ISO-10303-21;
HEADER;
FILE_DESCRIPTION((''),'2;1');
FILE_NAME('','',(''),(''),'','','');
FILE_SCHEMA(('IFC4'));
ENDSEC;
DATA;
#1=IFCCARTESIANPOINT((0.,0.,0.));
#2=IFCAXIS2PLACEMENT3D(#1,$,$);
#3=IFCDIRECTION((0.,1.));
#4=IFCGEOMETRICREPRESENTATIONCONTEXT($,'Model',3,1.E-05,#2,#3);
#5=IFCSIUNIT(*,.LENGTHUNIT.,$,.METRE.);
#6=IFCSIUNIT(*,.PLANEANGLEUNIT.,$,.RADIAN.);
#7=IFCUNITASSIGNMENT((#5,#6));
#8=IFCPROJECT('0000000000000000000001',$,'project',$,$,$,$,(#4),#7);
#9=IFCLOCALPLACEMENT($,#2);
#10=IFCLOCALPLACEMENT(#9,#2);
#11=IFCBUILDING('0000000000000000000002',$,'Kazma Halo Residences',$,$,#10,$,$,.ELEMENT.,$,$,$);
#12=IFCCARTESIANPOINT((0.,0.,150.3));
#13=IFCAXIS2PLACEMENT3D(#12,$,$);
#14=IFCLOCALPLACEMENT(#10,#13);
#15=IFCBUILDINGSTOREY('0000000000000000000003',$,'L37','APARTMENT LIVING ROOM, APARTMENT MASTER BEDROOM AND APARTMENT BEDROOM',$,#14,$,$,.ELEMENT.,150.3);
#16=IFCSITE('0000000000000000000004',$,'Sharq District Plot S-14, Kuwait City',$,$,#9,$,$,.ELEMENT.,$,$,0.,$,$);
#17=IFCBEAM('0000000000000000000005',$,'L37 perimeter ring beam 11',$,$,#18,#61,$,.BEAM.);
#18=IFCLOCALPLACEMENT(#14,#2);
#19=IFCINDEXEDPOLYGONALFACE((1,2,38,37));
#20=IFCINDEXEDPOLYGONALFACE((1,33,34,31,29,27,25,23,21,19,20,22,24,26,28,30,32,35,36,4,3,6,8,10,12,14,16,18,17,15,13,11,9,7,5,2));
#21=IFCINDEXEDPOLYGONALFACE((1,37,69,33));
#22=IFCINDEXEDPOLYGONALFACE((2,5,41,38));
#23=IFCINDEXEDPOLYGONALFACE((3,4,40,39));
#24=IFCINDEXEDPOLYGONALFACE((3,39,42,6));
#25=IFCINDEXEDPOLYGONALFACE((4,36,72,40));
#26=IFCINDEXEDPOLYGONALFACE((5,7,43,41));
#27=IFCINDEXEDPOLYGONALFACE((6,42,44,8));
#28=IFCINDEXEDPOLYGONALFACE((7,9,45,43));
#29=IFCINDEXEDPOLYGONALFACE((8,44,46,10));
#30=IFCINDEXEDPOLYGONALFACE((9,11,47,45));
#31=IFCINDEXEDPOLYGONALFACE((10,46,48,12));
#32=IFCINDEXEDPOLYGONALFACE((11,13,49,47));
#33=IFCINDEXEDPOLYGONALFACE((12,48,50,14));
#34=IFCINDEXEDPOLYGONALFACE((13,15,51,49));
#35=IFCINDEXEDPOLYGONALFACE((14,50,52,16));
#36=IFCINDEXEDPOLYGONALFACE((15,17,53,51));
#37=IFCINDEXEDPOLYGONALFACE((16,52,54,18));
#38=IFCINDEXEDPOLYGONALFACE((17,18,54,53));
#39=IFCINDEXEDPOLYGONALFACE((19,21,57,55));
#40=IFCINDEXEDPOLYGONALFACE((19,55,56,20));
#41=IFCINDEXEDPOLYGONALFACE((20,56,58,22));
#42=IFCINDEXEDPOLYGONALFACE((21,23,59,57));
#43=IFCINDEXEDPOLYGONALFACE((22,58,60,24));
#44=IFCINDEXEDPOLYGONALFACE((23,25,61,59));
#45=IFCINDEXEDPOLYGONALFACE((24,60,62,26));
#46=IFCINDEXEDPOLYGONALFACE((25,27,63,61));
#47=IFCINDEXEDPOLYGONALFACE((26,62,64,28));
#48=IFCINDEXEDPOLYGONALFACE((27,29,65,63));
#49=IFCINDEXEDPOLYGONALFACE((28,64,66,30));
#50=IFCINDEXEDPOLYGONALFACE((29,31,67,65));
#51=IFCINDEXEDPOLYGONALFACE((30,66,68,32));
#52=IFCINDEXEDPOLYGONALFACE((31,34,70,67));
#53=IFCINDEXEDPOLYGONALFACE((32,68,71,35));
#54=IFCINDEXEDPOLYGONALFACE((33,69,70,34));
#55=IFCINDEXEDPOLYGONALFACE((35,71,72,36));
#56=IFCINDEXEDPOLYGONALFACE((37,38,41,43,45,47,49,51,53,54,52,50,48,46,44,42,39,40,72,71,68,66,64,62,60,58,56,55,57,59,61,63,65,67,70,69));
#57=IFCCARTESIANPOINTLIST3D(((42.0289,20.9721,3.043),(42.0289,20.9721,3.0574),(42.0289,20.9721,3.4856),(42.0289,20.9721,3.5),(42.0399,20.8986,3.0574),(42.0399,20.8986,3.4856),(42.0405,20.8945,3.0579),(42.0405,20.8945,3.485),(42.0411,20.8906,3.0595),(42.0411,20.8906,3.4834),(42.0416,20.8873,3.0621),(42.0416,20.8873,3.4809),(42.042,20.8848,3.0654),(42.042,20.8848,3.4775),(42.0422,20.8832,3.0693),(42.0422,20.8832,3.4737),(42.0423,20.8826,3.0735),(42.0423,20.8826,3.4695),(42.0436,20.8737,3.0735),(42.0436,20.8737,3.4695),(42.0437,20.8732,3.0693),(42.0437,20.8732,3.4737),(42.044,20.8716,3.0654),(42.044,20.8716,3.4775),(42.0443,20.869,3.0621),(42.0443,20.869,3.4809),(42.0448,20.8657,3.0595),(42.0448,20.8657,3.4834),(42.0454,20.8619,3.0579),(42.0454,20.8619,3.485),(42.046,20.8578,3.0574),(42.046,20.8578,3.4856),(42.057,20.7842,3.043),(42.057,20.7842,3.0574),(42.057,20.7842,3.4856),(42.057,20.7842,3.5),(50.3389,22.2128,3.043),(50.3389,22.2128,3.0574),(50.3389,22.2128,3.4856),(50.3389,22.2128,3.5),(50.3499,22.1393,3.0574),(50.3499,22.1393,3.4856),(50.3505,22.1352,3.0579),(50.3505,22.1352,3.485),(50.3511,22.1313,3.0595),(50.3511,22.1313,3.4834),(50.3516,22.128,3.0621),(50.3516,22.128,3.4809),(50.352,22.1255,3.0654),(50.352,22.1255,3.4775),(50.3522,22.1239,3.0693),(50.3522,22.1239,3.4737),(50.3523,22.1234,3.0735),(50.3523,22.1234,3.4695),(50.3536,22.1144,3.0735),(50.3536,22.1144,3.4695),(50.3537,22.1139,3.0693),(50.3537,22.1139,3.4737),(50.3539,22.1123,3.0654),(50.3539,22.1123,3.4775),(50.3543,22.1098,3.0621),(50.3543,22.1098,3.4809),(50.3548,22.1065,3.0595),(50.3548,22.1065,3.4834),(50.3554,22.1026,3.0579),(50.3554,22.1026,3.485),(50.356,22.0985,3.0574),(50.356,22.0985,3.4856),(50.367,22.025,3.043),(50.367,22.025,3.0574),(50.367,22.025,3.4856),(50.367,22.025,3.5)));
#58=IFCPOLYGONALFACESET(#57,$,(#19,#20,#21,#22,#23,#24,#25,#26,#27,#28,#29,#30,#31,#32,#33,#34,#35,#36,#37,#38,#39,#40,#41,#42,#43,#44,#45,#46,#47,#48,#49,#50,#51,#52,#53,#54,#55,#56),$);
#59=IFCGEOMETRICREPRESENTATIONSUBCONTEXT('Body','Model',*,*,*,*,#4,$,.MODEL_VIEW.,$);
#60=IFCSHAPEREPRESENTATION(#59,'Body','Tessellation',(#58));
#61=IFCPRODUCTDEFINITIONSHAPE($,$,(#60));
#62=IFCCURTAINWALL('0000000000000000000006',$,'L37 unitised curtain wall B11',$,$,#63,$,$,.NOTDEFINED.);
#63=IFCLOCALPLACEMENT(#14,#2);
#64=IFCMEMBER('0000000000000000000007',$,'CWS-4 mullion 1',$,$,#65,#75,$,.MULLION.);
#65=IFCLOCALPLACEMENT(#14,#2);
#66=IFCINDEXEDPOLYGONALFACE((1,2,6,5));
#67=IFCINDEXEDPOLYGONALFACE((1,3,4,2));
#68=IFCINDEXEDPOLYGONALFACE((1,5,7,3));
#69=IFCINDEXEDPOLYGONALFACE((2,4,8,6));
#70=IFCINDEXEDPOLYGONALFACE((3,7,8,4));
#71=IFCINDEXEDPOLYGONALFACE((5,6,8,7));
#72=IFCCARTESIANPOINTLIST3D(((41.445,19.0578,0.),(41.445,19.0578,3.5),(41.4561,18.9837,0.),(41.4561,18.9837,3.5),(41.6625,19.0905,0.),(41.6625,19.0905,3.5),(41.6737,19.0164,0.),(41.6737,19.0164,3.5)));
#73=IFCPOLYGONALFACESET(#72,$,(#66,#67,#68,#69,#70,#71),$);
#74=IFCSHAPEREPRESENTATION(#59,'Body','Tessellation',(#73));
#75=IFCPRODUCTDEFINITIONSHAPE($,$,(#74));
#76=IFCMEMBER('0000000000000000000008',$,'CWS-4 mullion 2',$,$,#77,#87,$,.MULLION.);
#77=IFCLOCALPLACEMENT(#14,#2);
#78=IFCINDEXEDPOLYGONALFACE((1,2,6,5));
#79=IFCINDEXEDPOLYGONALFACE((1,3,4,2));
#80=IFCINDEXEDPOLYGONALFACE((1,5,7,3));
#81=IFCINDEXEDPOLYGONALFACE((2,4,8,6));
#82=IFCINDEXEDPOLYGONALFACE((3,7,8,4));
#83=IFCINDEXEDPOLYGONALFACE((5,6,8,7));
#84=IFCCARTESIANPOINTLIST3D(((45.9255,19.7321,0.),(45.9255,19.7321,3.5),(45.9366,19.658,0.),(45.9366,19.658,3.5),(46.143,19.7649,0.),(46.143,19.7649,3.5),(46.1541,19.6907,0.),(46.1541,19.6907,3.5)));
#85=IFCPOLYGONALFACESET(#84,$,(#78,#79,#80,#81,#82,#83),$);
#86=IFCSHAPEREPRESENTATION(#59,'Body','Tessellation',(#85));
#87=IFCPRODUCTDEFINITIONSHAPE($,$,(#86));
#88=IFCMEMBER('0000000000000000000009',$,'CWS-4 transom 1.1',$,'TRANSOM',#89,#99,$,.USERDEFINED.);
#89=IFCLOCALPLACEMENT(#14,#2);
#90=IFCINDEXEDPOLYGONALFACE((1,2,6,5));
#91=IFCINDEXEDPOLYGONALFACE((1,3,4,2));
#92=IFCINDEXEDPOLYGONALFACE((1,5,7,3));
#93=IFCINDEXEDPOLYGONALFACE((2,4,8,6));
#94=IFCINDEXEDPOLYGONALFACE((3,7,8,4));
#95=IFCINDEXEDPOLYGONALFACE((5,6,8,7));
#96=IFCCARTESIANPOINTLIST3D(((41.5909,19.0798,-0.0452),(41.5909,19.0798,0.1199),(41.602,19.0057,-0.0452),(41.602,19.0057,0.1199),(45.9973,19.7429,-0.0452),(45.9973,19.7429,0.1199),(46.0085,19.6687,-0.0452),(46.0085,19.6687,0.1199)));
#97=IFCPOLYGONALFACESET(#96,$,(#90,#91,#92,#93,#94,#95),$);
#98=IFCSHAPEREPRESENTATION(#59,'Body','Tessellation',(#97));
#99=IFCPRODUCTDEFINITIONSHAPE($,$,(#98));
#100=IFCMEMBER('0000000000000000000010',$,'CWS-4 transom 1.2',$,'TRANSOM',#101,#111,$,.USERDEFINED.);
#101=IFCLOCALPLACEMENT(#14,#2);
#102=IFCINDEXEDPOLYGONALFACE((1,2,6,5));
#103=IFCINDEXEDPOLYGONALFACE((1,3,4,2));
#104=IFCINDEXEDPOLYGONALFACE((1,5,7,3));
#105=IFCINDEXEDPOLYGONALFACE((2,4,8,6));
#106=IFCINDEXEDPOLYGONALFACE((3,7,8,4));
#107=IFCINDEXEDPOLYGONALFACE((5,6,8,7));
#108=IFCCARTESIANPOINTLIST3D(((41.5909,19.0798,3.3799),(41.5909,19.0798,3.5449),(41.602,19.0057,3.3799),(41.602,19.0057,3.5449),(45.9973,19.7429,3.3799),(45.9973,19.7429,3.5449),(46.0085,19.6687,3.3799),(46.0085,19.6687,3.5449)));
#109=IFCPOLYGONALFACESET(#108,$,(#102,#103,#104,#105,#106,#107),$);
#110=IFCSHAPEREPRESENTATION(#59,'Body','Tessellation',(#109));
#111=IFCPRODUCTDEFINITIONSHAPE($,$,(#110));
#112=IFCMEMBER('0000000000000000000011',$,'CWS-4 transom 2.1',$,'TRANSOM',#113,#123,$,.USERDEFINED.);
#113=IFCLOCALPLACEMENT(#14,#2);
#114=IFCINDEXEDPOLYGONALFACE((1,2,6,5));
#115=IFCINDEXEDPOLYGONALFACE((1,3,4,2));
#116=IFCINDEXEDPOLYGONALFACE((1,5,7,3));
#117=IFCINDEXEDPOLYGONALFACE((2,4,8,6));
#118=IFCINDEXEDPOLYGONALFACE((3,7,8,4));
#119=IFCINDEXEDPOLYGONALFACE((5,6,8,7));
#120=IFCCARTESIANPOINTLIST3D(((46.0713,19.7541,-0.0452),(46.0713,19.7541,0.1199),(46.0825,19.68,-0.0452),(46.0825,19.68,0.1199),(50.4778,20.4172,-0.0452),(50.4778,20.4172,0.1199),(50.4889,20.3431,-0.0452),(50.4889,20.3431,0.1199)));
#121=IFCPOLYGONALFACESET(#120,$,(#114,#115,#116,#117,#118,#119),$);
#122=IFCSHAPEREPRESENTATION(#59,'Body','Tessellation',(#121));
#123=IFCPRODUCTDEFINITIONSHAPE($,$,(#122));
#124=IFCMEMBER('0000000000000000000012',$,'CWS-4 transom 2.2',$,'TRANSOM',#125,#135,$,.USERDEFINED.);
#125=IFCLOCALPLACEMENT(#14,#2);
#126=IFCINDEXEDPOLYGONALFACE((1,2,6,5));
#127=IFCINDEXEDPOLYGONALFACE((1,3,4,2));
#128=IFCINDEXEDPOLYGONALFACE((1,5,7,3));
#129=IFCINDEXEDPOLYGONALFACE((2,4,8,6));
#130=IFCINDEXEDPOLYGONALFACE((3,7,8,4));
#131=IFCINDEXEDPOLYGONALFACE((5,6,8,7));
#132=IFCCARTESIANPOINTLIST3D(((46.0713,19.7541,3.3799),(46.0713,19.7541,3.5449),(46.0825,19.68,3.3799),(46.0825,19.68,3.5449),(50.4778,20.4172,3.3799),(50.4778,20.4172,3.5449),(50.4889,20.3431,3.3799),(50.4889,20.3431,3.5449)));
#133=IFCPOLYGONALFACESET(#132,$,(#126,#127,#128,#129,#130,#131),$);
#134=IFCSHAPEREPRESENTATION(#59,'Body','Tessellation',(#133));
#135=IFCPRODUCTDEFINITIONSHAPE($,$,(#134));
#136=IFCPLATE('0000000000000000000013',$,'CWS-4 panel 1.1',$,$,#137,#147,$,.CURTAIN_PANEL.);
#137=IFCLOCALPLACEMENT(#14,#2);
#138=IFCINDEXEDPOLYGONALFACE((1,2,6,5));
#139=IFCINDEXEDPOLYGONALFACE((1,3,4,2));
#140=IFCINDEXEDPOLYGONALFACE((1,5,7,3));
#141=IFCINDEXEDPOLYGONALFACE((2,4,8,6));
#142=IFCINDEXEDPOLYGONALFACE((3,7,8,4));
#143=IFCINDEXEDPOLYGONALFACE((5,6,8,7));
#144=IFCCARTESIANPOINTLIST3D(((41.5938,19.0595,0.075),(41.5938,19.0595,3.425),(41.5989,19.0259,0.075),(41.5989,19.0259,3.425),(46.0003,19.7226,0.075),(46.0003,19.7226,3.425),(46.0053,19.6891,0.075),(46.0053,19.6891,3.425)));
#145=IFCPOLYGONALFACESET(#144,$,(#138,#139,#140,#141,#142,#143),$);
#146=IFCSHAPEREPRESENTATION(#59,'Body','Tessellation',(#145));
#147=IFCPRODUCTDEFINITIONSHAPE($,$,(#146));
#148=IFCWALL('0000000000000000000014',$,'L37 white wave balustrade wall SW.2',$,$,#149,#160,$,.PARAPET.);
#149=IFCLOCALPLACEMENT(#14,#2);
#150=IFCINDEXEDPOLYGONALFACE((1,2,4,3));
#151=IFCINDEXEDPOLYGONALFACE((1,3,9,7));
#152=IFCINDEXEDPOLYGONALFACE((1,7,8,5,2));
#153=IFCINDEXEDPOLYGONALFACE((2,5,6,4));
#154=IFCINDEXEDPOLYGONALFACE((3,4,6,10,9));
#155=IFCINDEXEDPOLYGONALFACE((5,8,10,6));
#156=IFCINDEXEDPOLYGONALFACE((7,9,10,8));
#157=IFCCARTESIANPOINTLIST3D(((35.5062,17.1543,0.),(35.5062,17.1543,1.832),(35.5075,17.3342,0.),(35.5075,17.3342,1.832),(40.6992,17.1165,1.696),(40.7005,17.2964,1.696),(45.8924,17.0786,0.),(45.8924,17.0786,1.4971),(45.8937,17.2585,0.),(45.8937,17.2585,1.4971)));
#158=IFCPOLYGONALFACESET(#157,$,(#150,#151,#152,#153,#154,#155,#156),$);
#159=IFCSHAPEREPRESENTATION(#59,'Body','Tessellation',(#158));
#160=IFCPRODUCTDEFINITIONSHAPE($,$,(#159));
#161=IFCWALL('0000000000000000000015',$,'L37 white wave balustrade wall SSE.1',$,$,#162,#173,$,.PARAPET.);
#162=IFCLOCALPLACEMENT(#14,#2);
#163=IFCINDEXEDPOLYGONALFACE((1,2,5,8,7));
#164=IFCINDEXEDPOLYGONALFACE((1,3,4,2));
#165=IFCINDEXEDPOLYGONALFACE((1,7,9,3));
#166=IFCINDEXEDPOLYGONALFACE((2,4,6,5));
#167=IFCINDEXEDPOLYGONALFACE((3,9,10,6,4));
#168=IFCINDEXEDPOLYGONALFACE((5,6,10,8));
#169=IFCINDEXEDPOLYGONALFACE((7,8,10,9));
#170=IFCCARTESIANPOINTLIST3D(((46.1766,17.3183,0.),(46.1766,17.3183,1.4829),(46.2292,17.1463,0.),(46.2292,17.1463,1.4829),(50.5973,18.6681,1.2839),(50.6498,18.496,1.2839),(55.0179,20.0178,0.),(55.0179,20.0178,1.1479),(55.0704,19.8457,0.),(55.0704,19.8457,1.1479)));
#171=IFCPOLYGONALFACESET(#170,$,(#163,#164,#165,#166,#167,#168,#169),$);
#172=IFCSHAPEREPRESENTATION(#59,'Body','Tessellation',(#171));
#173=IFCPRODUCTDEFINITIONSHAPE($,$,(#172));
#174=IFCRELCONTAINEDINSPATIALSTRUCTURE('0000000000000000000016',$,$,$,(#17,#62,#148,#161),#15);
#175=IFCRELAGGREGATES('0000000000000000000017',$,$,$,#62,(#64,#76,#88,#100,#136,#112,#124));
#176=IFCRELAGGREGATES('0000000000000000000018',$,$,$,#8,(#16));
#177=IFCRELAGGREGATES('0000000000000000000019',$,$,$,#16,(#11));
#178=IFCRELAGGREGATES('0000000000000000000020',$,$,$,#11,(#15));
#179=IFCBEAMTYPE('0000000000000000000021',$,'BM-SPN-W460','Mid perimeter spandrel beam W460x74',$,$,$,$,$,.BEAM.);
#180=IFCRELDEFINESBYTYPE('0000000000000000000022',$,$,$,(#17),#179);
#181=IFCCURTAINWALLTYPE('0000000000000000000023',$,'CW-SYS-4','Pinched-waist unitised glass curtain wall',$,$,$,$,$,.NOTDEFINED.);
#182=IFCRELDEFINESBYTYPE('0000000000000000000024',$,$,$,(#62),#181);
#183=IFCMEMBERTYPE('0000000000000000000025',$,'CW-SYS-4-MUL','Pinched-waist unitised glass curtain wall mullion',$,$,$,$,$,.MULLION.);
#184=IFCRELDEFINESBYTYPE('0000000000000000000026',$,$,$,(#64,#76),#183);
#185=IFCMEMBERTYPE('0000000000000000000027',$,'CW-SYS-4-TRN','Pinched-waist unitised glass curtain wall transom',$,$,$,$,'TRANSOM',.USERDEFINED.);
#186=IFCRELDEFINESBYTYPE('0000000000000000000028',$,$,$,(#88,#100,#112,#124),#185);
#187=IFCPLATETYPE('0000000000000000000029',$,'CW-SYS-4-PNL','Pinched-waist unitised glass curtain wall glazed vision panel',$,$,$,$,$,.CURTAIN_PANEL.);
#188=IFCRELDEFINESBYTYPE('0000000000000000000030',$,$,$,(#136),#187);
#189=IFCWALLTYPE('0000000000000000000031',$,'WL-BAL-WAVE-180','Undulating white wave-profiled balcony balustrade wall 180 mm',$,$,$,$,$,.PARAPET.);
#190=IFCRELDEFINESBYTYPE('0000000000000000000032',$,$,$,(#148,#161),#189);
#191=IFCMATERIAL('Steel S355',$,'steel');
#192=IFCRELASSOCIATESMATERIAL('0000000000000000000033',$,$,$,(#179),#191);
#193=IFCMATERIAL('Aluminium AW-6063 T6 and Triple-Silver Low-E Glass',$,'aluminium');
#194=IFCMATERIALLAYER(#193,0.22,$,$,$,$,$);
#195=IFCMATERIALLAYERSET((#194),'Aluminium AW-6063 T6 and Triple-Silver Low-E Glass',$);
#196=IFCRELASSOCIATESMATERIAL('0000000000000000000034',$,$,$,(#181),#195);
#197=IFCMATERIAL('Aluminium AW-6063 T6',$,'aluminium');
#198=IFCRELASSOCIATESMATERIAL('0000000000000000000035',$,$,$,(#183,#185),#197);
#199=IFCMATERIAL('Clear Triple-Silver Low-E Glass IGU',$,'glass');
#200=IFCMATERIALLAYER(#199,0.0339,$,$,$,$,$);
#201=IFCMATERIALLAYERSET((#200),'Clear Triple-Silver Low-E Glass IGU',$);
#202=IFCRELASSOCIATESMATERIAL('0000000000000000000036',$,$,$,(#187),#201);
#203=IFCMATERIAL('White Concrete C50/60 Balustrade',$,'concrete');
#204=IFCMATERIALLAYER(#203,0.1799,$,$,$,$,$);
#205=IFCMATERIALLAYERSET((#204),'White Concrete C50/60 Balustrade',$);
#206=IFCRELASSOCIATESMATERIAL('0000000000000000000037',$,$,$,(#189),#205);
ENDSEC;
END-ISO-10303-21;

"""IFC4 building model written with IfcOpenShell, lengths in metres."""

from ifc_helpers import new_model, si_unit, direction, frame, origin, origin_2d, place, context, subcontext, project, spatial, polyline, rectangle, i_section, outline, extrude, material, layer, layer_set, material_profile, profile_set, type_object, element, aggregate, save


model = new_model("IFC4")

# Units and contexts
model_context = context("Model", 3, precision=1e-05, world=origin(), true_north=direction((0.0, 1.0)))
body_context = subcontext(model_context, "Body", "Model", "MODEL_VIEW")
ifc_project = project(units=[si_unit("LENGTHUNIT", "METRE"), si_unit("PLANEANGLEUNIT", "RADIAN")], contexts=[model_context])

# Site, building, storey
site_placement = place(None, origin())
site = spatial("IfcSite", under=ifc_project, at=site_placement, Name="Sharq District Plot S-14, Kuwait City", CompositionType="ELEMENT", RefElevation=0.0)
building_placement = place(site_placement, origin())
building = spatial("IfcBuilding", under=site, at=building_placement, Name="Kazma Halo Residences", CompositionType="ELEMENT")
storey_placement = place(building_placement, frame((0.0, 0.0, 150.3)))
storey = spatial("IfcBuildingStorey", under=building, at=storey_placement, Name="L37", Description="APARTMENT LIVING ROOM, APARTMENT MASTER BEDROOM AND APARTMENT BEDROOM", CompositionType="ELEMENT", Elevation=150.3)

# Beam
ifc_material_1 = material(Name="Steel S355", Category="steel")
ifc_material_profile_1 = material_profile(ifc_material_1, i_section(OverallWidth=0.1899, OverallDepth=0.457, WebThickness=0.009, FlangeThickness=0.0144, FilletRadius=0.0161, at=origin_2d()), Name="W460x74")
ifc_profile_set_1 = profile_set([ifc_material_profile_1], Name="Steel S355")
beam_type_1 = type_object("IfcBeamType", Name="BM-SPN-W460", Description="Mid perimeter spandrel beam W460x74", PredefinedType="BEAM", material=ifc_profile_set_1)
beam_1_placement = place(storey_placement, frame((42.043, 20.8782, 3.2715), z_axis=(0.989037, 0.147667, 0.0), x_axis=(-0.147667, 0.989037, 0.0)))
element("IfcBeam", 1, at=beam_1_placement, inside=storey, type_object=beam_type_1, Name="L37 perimeter ring beam 11", PredefinedType="BEAM", context=body_context, shape_type="SweptSolid", body=[
    extrude(i_section(OverallWidth=0.1899, OverallDepth=0.457, WebThickness=0.009, FlangeThickness=0.0144, FilletRadius=0.0161, at=origin_2d()), origin(), (0.0, 0.0, 1.0), 8.4021),
])

# Curtain wall, members, plate
ifc_material_2 = material(Name="Aluminium AW-6063 T6 and Triple-Silver Low-E Glass", Category="aluminium")
ifc_layer_1 = layer(ifc_material_2, 0.22)
ifc_layer_set_1 = layer_set([ifc_layer_1], Name="Aluminium AW-6063 T6 and Triple-Silver Low-E Glass")
curtain_wall_type = type_object("IfcCurtainWallType", Name="CW-SYS-4", Description="Pinched-waist unitised glass curtain wall", PredefinedType="NOTDEFINED", material=ifc_layer_set_1)
curtain_wall_placement = place(storey_placement, origin())
curtain_wall = element("IfcCurtainWall", 2, at=curtain_wall_placement, inside=storey, type_object=curtain_wall_type, Name="L37 unitised curtain wall B11", PredefinedType="NOTDEFINED")
ifc_material_3 = material(Name="Aluminium AW-6063 T6", Category="aluminium")
ifc_material_profile_2 = material_profile(ifc_material_3, rectangle(XDim=0.075, YDim=0.22, at=origin_2d()), Name="CWM-75x220")
ifc_profile_set_2 = profile_set([ifc_material_profile_2], Name="Aluminium AW-6063 T6")
member_type_1 = type_object("IfcMemberType", Name="CW-SYS-4-MUL", Description="Pinched-waist unitised glass curtain wall mullion", PredefinedType="MULLION", material=ifc_profile_set_2)
member_1_placement = place(storey_placement, frame((41.5593, 19.0371, 0.0), z_axis=(0.0, 0.0, 1.0), x_axis=(-0.148821, 0.988864, 0.0)))
member_1 = element("IfcMember", 3, at=member_1_placement, type_object=member_type_1, Name="CWS-4 mullion 1", PredefinedType="MULLION", context=body_context, shape_type="SweptSolid", body=[
    extrude(rectangle(XDim=0.075, YDim=0.22, at=origin_2d()), origin(), (0.0, 0.0, 1.0), 3.5),
])
member_2_placement = place(storey_placement, frame((46.0398, 19.7114, 0.0), z_axis=(0.0, 0.0, 1.0), x_axis=(-0.148821, 0.988864, 0.0)))
member_2 = element("IfcMember", 4, at=member_2_placement, type_object=member_type_1, Name="CWS-4 mullion 2", PredefinedType="MULLION", context=body_context, shape_type="SweptSolid", body=[
    extrude(rectangle(XDim=0.075, YDim=0.22, at=origin_2d()), origin(), (0.0, 0.0, 1.0), 3.5),
])
ifc_material_profile_3 = material_profile(ifc_material_3, rectangle(XDim=0.075, YDim=0.165, at=origin_2d()), Name="CWT-75x165")
ifc_profile_set_3 = profile_set([ifc_material_profile_3], Name="Aluminium AW-6063 T6")
member_type_2 = type_object("IfcMemberType", Name="CW-SYS-4-TRN", Description="Pinched-waist unitised glass curtain wall transom", ElementType="TRANSOM", PredefinedType="USERDEFINED", material=ifc_profile_set_3)
member_3_placement = place(storey_placement, frame((41.5964, 19.0427, 0.0374), z_axis=(0.988867, 0.148804, 0.0), x_axis=(-0.148804, 0.988867, 0.0)))
member_3 = element("IfcMember", 5, at=member_3_placement, type_object=member_type_2, Name="CWS-4 transom 1.1", ObjectType="TRANSOM", PredefinedType="USERDEFINED", context=body_context, shape_type="SweptSolid", body=[
    extrude(rectangle(XDim=0.075, YDim=0.165, at=origin_2d()), origin(), (0.0, 0.0, 1.0), 4.4561),
])
member_4_placement = place(storey_placement, frame((41.5964, 19.0427, 3.4624), z_axis=(0.988867, 0.148804, 0.0), x_axis=(-0.148804, 0.988867, 0.0)))
member_4 = element("IfcMember", 6, at=member_4_placement, type_object=member_type_2, Name="CWS-4 transom 1.2", ObjectType="TRANSOM", PredefinedType="USERDEFINED", context=body_context, shape_type="SweptSolid", body=[
    extrude(rectangle(XDim=0.075, YDim=0.165, at=origin_2d()), origin(), (0.0, 0.0, 1.0), 4.4561),
])
member_5_placement = place(storey_placement, frame((46.0769, 19.717, 0.0374), z_axis=(0.988867, 0.148804, 0.0), x_axis=(-0.148804, 0.988867, 0.0)))
member_5 = element("IfcMember", 7, at=member_5_placement, type_object=member_type_2, Name="CWS-4 transom 2.1", ObjectType="TRANSOM", PredefinedType="USERDEFINED", context=body_context, shape_type="SweptSolid", body=[
    extrude(rectangle(XDim=0.075, YDim=0.165, at=origin_2d()), origin(), (0.0, 0.0, 1.0), 4.4561),
])
member_6_placement = place(storey_placement, frame((46.0769, 19.717, 3.4624), z_axis=(0.988867, 0.148804, 0.0), x_axis=(-0.148804, 0.988867, 0.0)))
member_6 = element("IfcMember", 8, at=member_6_placement, type_object=member_type_2, Name="CWS-4 transom 2.2", ObjectType="TRANSOM", PredefinedType="USERDEFINED", context=body_context, shape_type="SweptSolid", body=[
    extrude(rectangle(XDim=0.075, YDim=0.165, at=origin_2d()), origin(), (0.0, 0.0, 1.0), 4.4561),
])
ifc_material_4 = material(Name="Clear Triple-Silver Low-E Glass IGU", Category="glass")
ifc_layer_2 = layer(ifc_material_4, 0.0339)
ifc_layer_set_2 = layer_set([ifc_layer_2], Name="Clear Triple-Silver Low-E Glass IGU")
plate_type = type_object("IfcPlateType", Name="CW-SYS-4-PNL", Description="Pinched-waist unitised glass curtain wall glazed vision panel", PredefinedType="CURTAIN_PANEL", material=ifc_layer_set_2)
plate_placement = place(storey_placement, frame((43.7996, 19.3743, 0.075), z_axis=(0.0, 0.0, 1.0), x_axis=(0.988864, 0.148821, 0.0)))
plate = element("IfcPlate", 9, at=plate_placement, type_object=plate_type, Name="CWS-4 panel 1.1", PredefinedType="CURTAIN_PANEL", context=body_context, shape_type="SweptSolid", body=[
    extrude(rectangle(XDim=4.4561, YDim=0.0339, at=origin_2d()), origin(), (0.0, 0.0, 1.0), 3.3501),
])
aggregate(curtain_wall, [member_1, member_2, member_3, member_4, plate, member_5, member_6])

# Walls
ifc_material_5 = material(Name="White Concrete C50/60 Balustrade", Category="concrete")
ifc_layer_3 = layer(ifc_material_5, 0.1799)
ifc_layer_set_3 = layer_set([ifc_layer_3], Name="White Concrete C50/60 Balustrade")
wall_type_1 = type_object("IfcWallType", Name="WL-BAL-WAVE-180", Description="Undulating white wave-profiled balcony balustrade wall 180 mm", PredefinedType="PARAPET", material=ifc_layer_set_3)
wall_1_placement = place(storey_placement, frame((35.5068, 17.2444, 0.0), z_axis=(0.0, 0.0, 1.0), x_axis=(0.999973, -0.007287, 0.0)))
element("IfcWall", 10, at=wall_1_placement, inside=storey, type_object=wall_type_1, Name="L37 white wave balustrade wall SW.2", PredefinedType="PARAPET", context=body_context, shape_type="SweptSolid", body=[
    extrude(outline(polyline([(0.0, 0.0), (10.3865, 0.0), (10.3865, 1.4971), (5.1931, 1.696), (0.0, 1.832), (0.0, 0.0)])), frame((0.0, 0.0898, 0.0), z_axis=(0.0, -1.0, 0.0), x_axis=(1.0, 0.0, 0.0)), (0.0, 0.0, 1.0), 0.1799),
])
wall_2_placement = place(storey_placement, frame((46.2029, 17.2324, 0.0), z_axis=(0.0, 0.0, 1.0), x_axis=(0.956413, 0.292016, 0.0)))
element("IfcWall", 11, at=wall_2_placement, inside=storey, type_object=wall_type_1, Name="L37 white wave balustrade wall SSE.1", PredefinedType="PARAPET", context=body_context, shape_type="SweptSolid", body=[
    extrude(outline(polyline([(0.0, 0.0), (9.2441, 0.0), (9.2441, 1.1479), (4.6221, 1.2839), (0.0, 1.4829), (0.0, 0.0)])), frame((0.0, 0.0898, 0.0), z_axis=(0.0, -1.0, 0.0), x_axis=(1.0, 0.0, 0.0)), (0.0, 0.0, 1.0), 0.1799),
])

save(model, "model.ifc")
